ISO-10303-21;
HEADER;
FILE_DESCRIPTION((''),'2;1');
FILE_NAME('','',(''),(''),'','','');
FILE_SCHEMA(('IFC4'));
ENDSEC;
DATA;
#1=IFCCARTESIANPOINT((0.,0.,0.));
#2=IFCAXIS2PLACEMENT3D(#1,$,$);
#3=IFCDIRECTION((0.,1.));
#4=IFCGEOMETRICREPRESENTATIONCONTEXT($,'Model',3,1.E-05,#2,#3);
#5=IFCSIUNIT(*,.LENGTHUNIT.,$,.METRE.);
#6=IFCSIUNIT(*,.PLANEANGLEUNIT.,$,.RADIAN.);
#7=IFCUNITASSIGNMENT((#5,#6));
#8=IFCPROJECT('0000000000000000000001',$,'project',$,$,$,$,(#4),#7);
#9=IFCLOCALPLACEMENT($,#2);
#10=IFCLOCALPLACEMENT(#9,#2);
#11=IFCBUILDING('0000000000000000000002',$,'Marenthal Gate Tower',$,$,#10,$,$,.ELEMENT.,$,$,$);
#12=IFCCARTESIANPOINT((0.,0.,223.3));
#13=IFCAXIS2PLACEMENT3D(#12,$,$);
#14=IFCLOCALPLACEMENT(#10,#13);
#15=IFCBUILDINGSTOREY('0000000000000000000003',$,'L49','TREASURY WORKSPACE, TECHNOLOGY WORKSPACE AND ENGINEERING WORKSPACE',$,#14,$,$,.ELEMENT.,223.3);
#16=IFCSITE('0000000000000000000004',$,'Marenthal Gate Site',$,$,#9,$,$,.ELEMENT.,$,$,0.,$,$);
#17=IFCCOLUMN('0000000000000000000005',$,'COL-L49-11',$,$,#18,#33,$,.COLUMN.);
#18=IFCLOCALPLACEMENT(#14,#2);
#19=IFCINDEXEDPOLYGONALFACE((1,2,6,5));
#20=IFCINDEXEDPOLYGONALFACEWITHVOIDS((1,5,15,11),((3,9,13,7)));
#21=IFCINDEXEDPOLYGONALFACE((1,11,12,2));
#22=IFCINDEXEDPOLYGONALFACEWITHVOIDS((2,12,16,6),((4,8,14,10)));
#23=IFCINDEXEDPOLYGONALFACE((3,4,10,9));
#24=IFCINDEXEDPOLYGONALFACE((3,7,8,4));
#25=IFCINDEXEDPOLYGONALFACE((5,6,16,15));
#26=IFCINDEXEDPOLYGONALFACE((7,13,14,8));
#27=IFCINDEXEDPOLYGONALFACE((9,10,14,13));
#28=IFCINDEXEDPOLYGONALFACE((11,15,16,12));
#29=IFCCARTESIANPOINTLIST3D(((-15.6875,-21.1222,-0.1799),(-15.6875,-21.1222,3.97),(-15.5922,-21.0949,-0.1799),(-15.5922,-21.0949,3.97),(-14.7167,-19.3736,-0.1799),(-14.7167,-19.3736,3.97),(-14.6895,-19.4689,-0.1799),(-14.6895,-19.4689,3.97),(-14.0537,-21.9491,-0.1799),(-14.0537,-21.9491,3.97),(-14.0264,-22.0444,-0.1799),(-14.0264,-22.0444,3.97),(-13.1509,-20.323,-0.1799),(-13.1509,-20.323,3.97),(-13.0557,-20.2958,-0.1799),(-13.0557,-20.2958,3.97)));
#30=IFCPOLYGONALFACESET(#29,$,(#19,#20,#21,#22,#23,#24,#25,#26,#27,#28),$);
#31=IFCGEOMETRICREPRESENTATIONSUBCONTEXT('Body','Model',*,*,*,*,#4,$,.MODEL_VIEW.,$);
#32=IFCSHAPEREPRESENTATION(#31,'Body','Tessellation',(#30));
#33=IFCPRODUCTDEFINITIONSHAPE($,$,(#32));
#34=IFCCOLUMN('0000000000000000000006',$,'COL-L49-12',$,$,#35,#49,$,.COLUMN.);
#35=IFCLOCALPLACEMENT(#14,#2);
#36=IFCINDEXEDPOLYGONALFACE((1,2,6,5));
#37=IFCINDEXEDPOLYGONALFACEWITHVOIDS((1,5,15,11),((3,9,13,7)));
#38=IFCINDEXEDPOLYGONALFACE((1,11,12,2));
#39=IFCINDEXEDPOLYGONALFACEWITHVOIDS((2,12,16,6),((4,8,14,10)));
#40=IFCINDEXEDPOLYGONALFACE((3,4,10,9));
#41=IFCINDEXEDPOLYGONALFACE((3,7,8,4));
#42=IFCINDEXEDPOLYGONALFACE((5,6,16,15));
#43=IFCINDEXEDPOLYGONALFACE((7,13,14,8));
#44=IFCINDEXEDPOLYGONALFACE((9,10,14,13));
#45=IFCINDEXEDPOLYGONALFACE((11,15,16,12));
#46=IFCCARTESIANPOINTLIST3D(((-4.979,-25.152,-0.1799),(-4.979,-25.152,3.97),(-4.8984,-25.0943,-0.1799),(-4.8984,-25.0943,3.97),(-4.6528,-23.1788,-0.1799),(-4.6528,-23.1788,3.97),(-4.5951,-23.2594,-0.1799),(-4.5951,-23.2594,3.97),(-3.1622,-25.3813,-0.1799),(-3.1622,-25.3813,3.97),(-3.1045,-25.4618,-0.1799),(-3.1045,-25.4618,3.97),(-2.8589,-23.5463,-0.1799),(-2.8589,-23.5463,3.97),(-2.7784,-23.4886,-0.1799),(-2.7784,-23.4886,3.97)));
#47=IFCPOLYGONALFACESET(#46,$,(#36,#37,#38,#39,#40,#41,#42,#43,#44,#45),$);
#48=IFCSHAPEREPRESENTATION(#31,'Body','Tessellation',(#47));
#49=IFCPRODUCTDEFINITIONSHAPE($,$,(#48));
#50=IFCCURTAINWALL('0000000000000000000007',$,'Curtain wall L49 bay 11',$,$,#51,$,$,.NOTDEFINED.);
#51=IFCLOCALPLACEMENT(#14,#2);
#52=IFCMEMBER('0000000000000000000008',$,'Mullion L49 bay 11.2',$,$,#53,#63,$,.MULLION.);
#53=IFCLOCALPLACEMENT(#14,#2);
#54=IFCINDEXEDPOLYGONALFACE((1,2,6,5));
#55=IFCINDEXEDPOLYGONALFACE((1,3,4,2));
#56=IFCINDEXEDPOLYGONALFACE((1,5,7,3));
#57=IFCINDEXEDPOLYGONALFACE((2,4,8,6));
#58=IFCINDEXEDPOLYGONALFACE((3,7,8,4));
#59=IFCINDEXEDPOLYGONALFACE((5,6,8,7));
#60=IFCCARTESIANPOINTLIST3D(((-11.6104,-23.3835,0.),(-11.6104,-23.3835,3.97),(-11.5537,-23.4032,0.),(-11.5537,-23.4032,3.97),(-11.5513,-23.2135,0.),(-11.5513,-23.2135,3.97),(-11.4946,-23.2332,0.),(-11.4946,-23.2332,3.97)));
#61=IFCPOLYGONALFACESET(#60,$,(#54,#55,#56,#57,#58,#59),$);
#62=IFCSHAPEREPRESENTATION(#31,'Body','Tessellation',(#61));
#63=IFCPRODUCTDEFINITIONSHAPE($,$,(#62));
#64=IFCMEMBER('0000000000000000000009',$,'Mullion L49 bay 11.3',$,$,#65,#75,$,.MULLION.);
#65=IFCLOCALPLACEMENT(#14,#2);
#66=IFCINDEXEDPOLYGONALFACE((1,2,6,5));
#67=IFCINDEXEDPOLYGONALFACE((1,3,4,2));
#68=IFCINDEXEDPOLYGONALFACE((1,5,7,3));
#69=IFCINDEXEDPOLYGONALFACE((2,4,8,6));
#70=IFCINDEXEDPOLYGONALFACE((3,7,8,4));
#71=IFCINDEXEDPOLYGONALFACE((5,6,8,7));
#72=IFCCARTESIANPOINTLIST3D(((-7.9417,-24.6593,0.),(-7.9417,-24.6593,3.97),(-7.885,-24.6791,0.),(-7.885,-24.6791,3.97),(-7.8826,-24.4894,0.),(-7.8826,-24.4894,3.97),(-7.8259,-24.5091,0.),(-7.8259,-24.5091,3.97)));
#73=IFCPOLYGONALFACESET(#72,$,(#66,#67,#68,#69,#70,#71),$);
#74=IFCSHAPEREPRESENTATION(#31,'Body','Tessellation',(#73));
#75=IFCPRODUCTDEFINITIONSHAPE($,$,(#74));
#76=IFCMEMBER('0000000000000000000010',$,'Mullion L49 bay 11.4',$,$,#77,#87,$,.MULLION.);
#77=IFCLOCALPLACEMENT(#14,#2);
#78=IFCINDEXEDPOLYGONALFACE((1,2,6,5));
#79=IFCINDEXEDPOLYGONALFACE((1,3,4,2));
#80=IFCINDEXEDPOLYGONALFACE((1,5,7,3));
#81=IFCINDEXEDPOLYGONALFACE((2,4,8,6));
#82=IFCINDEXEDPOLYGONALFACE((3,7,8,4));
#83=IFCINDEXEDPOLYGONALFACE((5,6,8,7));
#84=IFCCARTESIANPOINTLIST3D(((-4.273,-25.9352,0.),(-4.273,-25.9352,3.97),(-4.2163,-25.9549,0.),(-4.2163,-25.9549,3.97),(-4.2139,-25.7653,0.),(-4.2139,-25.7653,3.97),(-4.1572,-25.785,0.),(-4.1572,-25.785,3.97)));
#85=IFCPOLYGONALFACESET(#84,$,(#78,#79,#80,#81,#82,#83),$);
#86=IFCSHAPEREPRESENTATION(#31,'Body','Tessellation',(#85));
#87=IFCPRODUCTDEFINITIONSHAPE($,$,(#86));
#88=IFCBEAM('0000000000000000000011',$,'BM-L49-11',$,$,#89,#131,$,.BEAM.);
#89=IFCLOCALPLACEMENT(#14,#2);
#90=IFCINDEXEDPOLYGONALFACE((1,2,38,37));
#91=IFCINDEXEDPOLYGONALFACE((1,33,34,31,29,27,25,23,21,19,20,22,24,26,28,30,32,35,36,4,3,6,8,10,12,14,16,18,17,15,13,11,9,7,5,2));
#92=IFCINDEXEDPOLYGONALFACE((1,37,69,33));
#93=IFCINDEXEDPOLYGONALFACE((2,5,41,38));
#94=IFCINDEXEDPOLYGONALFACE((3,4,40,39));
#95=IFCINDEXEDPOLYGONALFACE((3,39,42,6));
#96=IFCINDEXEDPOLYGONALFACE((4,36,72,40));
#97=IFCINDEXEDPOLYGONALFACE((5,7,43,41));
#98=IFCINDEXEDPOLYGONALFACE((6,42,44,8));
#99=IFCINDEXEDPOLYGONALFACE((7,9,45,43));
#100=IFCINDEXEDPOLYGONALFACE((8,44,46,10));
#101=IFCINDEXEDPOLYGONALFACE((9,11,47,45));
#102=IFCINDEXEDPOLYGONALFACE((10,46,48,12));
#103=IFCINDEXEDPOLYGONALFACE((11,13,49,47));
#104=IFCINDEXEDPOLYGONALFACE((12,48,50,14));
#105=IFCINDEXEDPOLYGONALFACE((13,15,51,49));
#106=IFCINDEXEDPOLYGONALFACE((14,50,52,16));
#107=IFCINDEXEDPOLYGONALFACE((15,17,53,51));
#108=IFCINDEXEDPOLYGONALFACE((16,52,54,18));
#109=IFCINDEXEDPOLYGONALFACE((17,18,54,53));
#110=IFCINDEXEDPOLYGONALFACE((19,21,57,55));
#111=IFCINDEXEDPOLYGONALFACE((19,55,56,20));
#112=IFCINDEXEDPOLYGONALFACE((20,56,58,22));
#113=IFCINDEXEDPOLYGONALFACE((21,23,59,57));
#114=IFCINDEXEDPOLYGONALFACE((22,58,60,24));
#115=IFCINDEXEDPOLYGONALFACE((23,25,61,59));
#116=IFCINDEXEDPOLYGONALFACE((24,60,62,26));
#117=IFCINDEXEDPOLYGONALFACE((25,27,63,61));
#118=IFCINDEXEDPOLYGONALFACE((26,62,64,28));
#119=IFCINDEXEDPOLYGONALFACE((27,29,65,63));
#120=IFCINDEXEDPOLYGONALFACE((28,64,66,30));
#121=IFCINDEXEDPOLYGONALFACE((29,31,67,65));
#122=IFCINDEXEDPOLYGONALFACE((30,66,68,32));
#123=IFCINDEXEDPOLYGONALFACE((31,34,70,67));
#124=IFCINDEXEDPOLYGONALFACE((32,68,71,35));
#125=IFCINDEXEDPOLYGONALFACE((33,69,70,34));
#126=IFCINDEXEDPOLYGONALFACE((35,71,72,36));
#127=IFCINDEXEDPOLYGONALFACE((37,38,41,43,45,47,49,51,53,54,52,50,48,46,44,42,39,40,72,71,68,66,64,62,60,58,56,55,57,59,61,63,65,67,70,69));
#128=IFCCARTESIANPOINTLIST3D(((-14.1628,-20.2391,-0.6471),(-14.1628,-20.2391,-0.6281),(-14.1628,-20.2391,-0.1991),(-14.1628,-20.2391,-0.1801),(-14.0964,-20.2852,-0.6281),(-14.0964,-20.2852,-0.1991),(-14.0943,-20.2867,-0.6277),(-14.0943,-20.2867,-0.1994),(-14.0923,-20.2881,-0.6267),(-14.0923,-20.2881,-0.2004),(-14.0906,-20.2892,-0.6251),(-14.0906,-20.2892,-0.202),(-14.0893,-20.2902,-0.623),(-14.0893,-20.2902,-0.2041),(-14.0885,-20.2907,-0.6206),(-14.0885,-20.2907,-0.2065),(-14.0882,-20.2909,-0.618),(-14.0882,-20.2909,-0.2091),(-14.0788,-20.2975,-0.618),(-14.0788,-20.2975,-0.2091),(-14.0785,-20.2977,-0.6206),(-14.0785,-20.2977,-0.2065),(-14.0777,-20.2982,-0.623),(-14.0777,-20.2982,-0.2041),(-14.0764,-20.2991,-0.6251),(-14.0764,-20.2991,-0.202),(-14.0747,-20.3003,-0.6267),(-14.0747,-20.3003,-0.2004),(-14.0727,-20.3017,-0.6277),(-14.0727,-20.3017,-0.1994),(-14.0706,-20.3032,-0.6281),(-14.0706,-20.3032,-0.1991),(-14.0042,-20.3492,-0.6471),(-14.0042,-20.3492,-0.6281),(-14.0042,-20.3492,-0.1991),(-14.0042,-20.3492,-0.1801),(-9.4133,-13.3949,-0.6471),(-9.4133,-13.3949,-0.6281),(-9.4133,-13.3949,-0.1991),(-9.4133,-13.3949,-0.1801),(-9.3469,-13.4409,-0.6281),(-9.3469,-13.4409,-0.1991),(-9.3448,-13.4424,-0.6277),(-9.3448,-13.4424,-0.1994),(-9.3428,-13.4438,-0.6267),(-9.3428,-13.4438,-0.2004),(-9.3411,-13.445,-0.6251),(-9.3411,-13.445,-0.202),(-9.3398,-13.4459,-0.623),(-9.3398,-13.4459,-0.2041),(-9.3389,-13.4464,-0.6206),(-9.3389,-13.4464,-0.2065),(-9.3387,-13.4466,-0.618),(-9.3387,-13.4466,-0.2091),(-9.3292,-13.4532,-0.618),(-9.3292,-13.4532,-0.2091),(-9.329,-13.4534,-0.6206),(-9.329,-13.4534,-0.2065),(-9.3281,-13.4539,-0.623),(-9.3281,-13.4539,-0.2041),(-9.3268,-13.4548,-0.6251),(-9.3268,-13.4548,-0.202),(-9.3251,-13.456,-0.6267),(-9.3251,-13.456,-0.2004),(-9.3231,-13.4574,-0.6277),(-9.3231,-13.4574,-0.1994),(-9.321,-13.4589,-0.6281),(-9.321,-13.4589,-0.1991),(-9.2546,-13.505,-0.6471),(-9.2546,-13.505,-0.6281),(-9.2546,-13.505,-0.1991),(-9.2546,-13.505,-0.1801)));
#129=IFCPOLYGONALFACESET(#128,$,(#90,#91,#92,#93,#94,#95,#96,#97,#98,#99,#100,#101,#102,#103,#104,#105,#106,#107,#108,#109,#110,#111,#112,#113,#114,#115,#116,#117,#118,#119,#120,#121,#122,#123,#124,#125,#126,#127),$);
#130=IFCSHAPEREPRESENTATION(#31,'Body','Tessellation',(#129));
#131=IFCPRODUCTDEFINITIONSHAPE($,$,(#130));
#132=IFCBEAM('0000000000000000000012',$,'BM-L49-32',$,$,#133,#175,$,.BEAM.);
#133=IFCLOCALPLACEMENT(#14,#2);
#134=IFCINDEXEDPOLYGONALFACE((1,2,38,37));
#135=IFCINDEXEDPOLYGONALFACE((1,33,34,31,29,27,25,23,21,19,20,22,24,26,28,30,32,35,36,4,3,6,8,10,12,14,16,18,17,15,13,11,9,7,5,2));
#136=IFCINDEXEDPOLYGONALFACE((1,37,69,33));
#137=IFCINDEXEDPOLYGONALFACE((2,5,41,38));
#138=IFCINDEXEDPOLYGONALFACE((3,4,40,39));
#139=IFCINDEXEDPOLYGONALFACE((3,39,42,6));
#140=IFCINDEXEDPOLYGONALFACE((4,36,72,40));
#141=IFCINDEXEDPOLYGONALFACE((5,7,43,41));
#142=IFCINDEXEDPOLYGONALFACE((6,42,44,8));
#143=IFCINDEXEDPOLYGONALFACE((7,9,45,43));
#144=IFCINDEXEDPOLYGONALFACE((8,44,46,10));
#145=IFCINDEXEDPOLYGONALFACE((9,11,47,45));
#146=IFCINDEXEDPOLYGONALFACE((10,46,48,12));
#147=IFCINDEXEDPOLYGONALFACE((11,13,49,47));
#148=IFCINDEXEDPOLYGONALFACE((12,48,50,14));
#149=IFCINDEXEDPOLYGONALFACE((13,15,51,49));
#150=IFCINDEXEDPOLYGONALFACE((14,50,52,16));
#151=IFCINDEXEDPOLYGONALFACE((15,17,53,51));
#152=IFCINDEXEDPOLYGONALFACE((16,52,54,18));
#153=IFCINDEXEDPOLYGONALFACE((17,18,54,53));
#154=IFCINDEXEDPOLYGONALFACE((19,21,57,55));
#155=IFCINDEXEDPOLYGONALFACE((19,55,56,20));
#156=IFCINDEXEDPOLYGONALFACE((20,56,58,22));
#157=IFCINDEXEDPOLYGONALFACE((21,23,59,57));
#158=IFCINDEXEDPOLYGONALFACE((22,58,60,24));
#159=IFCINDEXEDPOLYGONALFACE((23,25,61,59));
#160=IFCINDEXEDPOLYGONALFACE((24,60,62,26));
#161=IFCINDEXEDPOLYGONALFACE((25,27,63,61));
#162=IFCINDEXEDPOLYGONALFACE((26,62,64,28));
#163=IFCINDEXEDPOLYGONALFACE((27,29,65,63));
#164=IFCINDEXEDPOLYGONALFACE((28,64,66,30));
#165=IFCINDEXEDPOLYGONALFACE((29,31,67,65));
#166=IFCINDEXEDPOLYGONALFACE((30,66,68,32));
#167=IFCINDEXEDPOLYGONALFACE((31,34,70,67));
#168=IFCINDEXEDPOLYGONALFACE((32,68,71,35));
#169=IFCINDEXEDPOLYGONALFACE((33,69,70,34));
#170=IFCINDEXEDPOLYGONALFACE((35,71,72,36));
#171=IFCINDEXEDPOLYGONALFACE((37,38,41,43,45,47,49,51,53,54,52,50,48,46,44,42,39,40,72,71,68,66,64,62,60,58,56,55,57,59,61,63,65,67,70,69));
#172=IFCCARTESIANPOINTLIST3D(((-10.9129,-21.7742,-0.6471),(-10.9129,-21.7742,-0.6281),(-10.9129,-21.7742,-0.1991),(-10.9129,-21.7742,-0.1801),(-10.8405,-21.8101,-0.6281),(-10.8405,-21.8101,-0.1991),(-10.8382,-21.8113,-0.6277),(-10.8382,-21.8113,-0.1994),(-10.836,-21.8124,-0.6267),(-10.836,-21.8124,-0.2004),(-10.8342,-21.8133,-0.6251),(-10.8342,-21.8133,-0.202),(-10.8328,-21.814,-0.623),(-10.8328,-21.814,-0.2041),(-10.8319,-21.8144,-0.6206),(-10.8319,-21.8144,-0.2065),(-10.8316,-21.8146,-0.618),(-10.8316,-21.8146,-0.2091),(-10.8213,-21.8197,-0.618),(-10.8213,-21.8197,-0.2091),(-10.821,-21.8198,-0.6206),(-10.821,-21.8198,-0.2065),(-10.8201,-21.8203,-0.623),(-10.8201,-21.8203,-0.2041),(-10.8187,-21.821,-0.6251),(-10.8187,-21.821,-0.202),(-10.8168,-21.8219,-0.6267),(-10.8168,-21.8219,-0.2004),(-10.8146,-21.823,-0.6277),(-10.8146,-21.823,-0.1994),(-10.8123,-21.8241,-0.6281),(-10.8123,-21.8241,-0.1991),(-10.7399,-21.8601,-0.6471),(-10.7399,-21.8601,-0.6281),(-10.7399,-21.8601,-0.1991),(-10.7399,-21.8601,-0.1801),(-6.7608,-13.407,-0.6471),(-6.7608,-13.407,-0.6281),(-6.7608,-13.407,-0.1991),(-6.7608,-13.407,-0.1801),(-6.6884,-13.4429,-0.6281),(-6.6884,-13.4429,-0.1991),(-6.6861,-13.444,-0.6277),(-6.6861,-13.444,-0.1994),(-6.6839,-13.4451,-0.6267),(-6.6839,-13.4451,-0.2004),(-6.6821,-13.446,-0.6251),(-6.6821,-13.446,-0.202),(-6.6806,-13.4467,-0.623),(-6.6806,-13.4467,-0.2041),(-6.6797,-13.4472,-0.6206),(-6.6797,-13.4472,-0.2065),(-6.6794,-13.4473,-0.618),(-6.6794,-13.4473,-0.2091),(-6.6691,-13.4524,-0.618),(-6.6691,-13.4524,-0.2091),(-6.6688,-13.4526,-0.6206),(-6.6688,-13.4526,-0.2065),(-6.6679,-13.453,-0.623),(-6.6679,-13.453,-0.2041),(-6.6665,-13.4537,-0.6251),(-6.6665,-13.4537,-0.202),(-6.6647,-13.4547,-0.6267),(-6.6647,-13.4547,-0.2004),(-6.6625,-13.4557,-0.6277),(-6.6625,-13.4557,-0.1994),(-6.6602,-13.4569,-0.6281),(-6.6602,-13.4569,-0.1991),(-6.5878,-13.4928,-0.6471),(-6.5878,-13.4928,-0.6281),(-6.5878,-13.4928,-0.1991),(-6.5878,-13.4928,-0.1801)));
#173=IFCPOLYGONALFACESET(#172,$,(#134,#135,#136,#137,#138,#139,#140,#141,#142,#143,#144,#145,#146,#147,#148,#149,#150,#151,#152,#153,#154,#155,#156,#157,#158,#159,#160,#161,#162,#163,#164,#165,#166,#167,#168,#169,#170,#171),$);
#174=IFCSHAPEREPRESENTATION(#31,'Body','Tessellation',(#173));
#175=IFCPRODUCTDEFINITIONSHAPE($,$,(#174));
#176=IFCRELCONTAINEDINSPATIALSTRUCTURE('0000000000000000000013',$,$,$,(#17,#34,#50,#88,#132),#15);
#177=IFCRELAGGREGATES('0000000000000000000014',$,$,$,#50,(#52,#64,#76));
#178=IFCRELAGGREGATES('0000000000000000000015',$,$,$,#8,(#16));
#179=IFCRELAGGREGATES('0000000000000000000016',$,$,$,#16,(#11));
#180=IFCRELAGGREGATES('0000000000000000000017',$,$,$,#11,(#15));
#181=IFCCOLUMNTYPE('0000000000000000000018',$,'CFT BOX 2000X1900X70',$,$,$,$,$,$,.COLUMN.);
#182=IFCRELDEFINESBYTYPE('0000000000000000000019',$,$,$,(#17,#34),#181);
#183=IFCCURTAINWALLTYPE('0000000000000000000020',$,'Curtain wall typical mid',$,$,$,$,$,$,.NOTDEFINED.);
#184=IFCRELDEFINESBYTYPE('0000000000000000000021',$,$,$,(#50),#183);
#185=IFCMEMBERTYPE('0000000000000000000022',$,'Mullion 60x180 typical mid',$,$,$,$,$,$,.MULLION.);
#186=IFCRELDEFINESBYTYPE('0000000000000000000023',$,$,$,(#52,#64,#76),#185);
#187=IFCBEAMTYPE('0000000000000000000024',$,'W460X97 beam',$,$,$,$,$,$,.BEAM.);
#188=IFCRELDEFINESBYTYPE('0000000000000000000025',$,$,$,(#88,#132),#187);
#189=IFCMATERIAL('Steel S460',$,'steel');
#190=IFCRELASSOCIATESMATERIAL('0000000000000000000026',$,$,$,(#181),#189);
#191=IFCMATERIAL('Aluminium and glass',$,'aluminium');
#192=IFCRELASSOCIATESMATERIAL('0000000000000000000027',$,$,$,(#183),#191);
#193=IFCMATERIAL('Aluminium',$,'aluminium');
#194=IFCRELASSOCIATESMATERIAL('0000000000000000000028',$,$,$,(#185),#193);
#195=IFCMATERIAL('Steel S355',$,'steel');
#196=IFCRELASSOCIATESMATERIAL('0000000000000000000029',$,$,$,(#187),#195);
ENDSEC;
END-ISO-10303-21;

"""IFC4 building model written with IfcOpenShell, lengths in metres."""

from ifc_helpers import new_model, si_unit, direction, frame, origin, origin_2d, place, context, subcontext, project, spatial, rectangle, hollow_rectangle, i_section, extrude, material, material_profile, profile_set, type_object, element, aggregate, save


model = new_model("IFC4")

# Units and contexts
model_context = context("Model", 3, precision=1e-05, world=origin(), true_north=direction((0.0, 1.0)))
body_context = subcontext(model_context, "Body", "Model", "MODEL_VIEW")
ifc_project = project(units=[si_unit("LENGTHUNIT", "METRE"), si_unit("PLANEANGLEUNIT", "RADIAN")], contexts=[model_context])

# Site, building, storey
site_placement = place(None, origin())
site = spatial("IfcSite", under=ifc_project, at=site_placement, Name="Marenthal Gate Site", CompositionType="ELEMENT", RefElevation=0.0)
building_placement = place(site_placement, origin())
building = spatial("IfcBuilding", under=site, at=building_placement, Name="Marenthal Gate Tower", CompositionType="ELEMENT")
storey_placement = place(building_placement, frame((0.0, 0.0, 223.3)))
storey = spatial("IfcBuildingStorey", under=building, at=storey_placement, Name="L49", Description="TREASURY WORKSPACE, TECHNOLOGY WORKSPACE AND ENGINEERING WORKSPACE", CompositionType="ELEMENT", Elevation=223.3)

# Columns
ifc_material_1 = material(Name="Steel S460", Category="steel")
ifc_material_profile_1 = material_profile(ifc_material_1, hollow_rectangle(XDim=1.8999, YDim=2.0, WallThickness=0.0701, at=origin_2d()), Name="CFT BOX 2000X1900X70")
ifc_material_2 = material(Name="Concrete 70 MPa", Category="concrete")
ifc_material_profile_2 = material_profile(ifc_material_2, rectangle(XDim=1.76, YDim=1.8601, at=origin_2d()), Name="CFT BOX 2000X1900X70 INFILL")
ifc_profile_set_1 = profile_set([ifc_material_profile_1, ifc_material_profile_2], Name="Steel S460 shell, Concrete 70 MPa infill")
column_type = type_object("IfcColumnType", Name="CFT BOX 2000X1900X70", PredefinedType="COLUMN", material=ifc_profile_set_1)
for number, where, z_axis, x_axis, name in (
    (1, (-14.3716, -20.709, -0.1799), (0.0, 0.0, 1.0), (-0.874301, 0.485385, 0.0), "COL-L49-11"),
    (2, (-3.8787, -24.3203, -0.1799), (0.0, 0.0, 1.0), (-0.986616, 0.163059, 0.0), "COL-L49-12"),
):
    element("IfcColumn", number, at=place(storey_placement, frame(where, z_axis=z_axis, x_axis=x_axis)), inside=storey, type_object=column_type, Name=name, PredefinedType="COLUMN", context=body_context, shape_type="SweptSolid", body=[
        extrude(hollow_rectangle(XDim=1.8999, YDim=2.0, WallThickness=0.0701, at=origin_2d()), origin(), (0.0, 0.0, 1.0), 4.1499),
    ])

# Curtain wall, members
ifc_material_3 = material(Name="Aluminium and glass", Category="aluminium")
curtain_wall_type = type_object("IfcCurtainWallType", Name="Curtain wall typical mid", PredefinedType="NOTDEFINED", material=ifc_material_3)
curtain_wall_placement = place(storey_placement, origin())
curtain_wall = element("IfcCurtainWall", 3, at=curtain_wall_placement, inside=storey, type_object=curtain_wall_type, Name="Curtain wall L49 bay 11", PredefinedType="NOTDEFINED")
ifc_material_4 = material(Name="Aluminium", Category="aluminium")
ifc_material_profile_3 = material_profile(ifc_material_4, rectangle(XDim=0.1799, YDim=0.0601, at=origin_2d()), Name="60x180 aluminium mullion")
ifc_profile_set_2 = profile_set([ifc_material_profile_3], Name="Aluminium")
member_type = type_object("IfcMemberType", Name="Mullion 60x180 typical mid", PredefinedType="MULLION", material=ifc_profile_set_2)
member_1_placement = place(storey_placement, frame((-11.5525, -23.3083, 0.0), z_axis=(0.0, 0.0, 1.0), x_axis=(0.328468, 0.944515, 0.0)))
member_1 = element("IfcMember", 4, at=member_1_placement, type_object=member_type, Name="Mullion L49 bay 11.2", PredefinedType="MULLION", context=body_context, shape_type="SweptSolid", body=[
    extrude(rectangle(XDim=0.1799, YDim=0.0601, at=origin_2d()), origin(), (0.0, 0.0, 1.0), 3.97),
])
member_2_placement = place(storey_placement, frame((-7.8838, -24.5842, 0.0), z_axis=(0.0, 0.0, 1.0), x_axis=(0.328468, 0.944515, 0.0)))
member_2 = element("IfcMember", 5, at=member_2_placement, type_object=member_type, Name="Mullion L49 bay 11.3", PredefinedType="MULLION", context=body_context, shape_type="SweptSolid", body=[
    extrude(rectangle(XDim=0.1799, YDim=0.0601, at=origin_2d()), origin(), (0.0, 0.0, 1.0), 3.97),
])
member_3_placement = place(storey_placement, frame((-4.2151, -25.8601, 0.0), z_axis=(0.0, 0.0, 1.0), x_axis=(0.328468, 0.944515, 0.0)))
member_3 = element("IfcMember", 6, at=member_3_placement, type_object=member_type, Name="Mullion L49 bay 11.4", PredefinedType="MULLION", context=body_context, shape_type="SweptSolid", body=[
    extrude(rectangle(XDim=0.1799, YDim=0.0601, at=origin_2d()), origin(), (0.0, 0.0, 1.0), 3.97),
])

# Beams
ifc_material_5 = material(Name="Steel S355", Category="steel")
ifc_material_profile_4 = material_profile(ifc_material_5, i_section(OverallWidth=0.1931, OverallDepth=0.467, WebThickness=0.0115, FlangeThickness=0.019, FilletRadius=0.01, at=origin_2d()), Name="W460X97")
ifc_profile_set_3 = profile_set([ifc_material_profile_4], Name="Steel S355")
beam_type_1 = type_object("IfcBeamType", Name="W460X97 beam", PredefinedType="BEAM", material=ifc_profile_set_3)
beam_1_placement = place(storey_placement, frame((-14.0835, -20.2942, -0.4136), z_axis=(0.570118, 0.821563, 0.0), x_axis=(-0.821563, 0.570118, 0.0)))
element("IfcBeam", 7, at=beam_1_placement, inside=storey, type_object=beam_type_1, Name="BM-L49-11", PredefinedType="BEAM", context=body_context, shape_type="SweptSolid", body=[
    extrude(i_section(OverallWidth=0.1931, OverallDepth=0.467, WebThickness=0.0115, FlangeThickness=0.019, FilletRadius=0.01, at=origin_2d()), origin(), (0.0, 0.0, 1.0), 8.3308),
])
beam_2_placement = place(storey_placement, frame((-10.8264, -21.8171, -0.4136), z_axis=(0.444514, 0.895772, 0.0), x_axis=(-0.895772, 0.444514, 0.0)))
element("IfcBeam", 8, at=beam_2_placement, inside=storey, type_object=beam_type_1, Name="BM-L49-32", PredefinedType="BEAM", context=body_context, shape_type="SweptSolid", body=[
    extrude(i_section(OverallWidth=0.1931, OverallDepth=0.467, WebThickness=0.0115, FlangeThickness=0.019, FilletRadius=0.01, at=origin_2d()), origin(), (0.0, 0.0, 1.0), 9.3408),
])

aggregate(curtain_wall, [member_1, member_2, member_3])

save(model, "model.ifc")
